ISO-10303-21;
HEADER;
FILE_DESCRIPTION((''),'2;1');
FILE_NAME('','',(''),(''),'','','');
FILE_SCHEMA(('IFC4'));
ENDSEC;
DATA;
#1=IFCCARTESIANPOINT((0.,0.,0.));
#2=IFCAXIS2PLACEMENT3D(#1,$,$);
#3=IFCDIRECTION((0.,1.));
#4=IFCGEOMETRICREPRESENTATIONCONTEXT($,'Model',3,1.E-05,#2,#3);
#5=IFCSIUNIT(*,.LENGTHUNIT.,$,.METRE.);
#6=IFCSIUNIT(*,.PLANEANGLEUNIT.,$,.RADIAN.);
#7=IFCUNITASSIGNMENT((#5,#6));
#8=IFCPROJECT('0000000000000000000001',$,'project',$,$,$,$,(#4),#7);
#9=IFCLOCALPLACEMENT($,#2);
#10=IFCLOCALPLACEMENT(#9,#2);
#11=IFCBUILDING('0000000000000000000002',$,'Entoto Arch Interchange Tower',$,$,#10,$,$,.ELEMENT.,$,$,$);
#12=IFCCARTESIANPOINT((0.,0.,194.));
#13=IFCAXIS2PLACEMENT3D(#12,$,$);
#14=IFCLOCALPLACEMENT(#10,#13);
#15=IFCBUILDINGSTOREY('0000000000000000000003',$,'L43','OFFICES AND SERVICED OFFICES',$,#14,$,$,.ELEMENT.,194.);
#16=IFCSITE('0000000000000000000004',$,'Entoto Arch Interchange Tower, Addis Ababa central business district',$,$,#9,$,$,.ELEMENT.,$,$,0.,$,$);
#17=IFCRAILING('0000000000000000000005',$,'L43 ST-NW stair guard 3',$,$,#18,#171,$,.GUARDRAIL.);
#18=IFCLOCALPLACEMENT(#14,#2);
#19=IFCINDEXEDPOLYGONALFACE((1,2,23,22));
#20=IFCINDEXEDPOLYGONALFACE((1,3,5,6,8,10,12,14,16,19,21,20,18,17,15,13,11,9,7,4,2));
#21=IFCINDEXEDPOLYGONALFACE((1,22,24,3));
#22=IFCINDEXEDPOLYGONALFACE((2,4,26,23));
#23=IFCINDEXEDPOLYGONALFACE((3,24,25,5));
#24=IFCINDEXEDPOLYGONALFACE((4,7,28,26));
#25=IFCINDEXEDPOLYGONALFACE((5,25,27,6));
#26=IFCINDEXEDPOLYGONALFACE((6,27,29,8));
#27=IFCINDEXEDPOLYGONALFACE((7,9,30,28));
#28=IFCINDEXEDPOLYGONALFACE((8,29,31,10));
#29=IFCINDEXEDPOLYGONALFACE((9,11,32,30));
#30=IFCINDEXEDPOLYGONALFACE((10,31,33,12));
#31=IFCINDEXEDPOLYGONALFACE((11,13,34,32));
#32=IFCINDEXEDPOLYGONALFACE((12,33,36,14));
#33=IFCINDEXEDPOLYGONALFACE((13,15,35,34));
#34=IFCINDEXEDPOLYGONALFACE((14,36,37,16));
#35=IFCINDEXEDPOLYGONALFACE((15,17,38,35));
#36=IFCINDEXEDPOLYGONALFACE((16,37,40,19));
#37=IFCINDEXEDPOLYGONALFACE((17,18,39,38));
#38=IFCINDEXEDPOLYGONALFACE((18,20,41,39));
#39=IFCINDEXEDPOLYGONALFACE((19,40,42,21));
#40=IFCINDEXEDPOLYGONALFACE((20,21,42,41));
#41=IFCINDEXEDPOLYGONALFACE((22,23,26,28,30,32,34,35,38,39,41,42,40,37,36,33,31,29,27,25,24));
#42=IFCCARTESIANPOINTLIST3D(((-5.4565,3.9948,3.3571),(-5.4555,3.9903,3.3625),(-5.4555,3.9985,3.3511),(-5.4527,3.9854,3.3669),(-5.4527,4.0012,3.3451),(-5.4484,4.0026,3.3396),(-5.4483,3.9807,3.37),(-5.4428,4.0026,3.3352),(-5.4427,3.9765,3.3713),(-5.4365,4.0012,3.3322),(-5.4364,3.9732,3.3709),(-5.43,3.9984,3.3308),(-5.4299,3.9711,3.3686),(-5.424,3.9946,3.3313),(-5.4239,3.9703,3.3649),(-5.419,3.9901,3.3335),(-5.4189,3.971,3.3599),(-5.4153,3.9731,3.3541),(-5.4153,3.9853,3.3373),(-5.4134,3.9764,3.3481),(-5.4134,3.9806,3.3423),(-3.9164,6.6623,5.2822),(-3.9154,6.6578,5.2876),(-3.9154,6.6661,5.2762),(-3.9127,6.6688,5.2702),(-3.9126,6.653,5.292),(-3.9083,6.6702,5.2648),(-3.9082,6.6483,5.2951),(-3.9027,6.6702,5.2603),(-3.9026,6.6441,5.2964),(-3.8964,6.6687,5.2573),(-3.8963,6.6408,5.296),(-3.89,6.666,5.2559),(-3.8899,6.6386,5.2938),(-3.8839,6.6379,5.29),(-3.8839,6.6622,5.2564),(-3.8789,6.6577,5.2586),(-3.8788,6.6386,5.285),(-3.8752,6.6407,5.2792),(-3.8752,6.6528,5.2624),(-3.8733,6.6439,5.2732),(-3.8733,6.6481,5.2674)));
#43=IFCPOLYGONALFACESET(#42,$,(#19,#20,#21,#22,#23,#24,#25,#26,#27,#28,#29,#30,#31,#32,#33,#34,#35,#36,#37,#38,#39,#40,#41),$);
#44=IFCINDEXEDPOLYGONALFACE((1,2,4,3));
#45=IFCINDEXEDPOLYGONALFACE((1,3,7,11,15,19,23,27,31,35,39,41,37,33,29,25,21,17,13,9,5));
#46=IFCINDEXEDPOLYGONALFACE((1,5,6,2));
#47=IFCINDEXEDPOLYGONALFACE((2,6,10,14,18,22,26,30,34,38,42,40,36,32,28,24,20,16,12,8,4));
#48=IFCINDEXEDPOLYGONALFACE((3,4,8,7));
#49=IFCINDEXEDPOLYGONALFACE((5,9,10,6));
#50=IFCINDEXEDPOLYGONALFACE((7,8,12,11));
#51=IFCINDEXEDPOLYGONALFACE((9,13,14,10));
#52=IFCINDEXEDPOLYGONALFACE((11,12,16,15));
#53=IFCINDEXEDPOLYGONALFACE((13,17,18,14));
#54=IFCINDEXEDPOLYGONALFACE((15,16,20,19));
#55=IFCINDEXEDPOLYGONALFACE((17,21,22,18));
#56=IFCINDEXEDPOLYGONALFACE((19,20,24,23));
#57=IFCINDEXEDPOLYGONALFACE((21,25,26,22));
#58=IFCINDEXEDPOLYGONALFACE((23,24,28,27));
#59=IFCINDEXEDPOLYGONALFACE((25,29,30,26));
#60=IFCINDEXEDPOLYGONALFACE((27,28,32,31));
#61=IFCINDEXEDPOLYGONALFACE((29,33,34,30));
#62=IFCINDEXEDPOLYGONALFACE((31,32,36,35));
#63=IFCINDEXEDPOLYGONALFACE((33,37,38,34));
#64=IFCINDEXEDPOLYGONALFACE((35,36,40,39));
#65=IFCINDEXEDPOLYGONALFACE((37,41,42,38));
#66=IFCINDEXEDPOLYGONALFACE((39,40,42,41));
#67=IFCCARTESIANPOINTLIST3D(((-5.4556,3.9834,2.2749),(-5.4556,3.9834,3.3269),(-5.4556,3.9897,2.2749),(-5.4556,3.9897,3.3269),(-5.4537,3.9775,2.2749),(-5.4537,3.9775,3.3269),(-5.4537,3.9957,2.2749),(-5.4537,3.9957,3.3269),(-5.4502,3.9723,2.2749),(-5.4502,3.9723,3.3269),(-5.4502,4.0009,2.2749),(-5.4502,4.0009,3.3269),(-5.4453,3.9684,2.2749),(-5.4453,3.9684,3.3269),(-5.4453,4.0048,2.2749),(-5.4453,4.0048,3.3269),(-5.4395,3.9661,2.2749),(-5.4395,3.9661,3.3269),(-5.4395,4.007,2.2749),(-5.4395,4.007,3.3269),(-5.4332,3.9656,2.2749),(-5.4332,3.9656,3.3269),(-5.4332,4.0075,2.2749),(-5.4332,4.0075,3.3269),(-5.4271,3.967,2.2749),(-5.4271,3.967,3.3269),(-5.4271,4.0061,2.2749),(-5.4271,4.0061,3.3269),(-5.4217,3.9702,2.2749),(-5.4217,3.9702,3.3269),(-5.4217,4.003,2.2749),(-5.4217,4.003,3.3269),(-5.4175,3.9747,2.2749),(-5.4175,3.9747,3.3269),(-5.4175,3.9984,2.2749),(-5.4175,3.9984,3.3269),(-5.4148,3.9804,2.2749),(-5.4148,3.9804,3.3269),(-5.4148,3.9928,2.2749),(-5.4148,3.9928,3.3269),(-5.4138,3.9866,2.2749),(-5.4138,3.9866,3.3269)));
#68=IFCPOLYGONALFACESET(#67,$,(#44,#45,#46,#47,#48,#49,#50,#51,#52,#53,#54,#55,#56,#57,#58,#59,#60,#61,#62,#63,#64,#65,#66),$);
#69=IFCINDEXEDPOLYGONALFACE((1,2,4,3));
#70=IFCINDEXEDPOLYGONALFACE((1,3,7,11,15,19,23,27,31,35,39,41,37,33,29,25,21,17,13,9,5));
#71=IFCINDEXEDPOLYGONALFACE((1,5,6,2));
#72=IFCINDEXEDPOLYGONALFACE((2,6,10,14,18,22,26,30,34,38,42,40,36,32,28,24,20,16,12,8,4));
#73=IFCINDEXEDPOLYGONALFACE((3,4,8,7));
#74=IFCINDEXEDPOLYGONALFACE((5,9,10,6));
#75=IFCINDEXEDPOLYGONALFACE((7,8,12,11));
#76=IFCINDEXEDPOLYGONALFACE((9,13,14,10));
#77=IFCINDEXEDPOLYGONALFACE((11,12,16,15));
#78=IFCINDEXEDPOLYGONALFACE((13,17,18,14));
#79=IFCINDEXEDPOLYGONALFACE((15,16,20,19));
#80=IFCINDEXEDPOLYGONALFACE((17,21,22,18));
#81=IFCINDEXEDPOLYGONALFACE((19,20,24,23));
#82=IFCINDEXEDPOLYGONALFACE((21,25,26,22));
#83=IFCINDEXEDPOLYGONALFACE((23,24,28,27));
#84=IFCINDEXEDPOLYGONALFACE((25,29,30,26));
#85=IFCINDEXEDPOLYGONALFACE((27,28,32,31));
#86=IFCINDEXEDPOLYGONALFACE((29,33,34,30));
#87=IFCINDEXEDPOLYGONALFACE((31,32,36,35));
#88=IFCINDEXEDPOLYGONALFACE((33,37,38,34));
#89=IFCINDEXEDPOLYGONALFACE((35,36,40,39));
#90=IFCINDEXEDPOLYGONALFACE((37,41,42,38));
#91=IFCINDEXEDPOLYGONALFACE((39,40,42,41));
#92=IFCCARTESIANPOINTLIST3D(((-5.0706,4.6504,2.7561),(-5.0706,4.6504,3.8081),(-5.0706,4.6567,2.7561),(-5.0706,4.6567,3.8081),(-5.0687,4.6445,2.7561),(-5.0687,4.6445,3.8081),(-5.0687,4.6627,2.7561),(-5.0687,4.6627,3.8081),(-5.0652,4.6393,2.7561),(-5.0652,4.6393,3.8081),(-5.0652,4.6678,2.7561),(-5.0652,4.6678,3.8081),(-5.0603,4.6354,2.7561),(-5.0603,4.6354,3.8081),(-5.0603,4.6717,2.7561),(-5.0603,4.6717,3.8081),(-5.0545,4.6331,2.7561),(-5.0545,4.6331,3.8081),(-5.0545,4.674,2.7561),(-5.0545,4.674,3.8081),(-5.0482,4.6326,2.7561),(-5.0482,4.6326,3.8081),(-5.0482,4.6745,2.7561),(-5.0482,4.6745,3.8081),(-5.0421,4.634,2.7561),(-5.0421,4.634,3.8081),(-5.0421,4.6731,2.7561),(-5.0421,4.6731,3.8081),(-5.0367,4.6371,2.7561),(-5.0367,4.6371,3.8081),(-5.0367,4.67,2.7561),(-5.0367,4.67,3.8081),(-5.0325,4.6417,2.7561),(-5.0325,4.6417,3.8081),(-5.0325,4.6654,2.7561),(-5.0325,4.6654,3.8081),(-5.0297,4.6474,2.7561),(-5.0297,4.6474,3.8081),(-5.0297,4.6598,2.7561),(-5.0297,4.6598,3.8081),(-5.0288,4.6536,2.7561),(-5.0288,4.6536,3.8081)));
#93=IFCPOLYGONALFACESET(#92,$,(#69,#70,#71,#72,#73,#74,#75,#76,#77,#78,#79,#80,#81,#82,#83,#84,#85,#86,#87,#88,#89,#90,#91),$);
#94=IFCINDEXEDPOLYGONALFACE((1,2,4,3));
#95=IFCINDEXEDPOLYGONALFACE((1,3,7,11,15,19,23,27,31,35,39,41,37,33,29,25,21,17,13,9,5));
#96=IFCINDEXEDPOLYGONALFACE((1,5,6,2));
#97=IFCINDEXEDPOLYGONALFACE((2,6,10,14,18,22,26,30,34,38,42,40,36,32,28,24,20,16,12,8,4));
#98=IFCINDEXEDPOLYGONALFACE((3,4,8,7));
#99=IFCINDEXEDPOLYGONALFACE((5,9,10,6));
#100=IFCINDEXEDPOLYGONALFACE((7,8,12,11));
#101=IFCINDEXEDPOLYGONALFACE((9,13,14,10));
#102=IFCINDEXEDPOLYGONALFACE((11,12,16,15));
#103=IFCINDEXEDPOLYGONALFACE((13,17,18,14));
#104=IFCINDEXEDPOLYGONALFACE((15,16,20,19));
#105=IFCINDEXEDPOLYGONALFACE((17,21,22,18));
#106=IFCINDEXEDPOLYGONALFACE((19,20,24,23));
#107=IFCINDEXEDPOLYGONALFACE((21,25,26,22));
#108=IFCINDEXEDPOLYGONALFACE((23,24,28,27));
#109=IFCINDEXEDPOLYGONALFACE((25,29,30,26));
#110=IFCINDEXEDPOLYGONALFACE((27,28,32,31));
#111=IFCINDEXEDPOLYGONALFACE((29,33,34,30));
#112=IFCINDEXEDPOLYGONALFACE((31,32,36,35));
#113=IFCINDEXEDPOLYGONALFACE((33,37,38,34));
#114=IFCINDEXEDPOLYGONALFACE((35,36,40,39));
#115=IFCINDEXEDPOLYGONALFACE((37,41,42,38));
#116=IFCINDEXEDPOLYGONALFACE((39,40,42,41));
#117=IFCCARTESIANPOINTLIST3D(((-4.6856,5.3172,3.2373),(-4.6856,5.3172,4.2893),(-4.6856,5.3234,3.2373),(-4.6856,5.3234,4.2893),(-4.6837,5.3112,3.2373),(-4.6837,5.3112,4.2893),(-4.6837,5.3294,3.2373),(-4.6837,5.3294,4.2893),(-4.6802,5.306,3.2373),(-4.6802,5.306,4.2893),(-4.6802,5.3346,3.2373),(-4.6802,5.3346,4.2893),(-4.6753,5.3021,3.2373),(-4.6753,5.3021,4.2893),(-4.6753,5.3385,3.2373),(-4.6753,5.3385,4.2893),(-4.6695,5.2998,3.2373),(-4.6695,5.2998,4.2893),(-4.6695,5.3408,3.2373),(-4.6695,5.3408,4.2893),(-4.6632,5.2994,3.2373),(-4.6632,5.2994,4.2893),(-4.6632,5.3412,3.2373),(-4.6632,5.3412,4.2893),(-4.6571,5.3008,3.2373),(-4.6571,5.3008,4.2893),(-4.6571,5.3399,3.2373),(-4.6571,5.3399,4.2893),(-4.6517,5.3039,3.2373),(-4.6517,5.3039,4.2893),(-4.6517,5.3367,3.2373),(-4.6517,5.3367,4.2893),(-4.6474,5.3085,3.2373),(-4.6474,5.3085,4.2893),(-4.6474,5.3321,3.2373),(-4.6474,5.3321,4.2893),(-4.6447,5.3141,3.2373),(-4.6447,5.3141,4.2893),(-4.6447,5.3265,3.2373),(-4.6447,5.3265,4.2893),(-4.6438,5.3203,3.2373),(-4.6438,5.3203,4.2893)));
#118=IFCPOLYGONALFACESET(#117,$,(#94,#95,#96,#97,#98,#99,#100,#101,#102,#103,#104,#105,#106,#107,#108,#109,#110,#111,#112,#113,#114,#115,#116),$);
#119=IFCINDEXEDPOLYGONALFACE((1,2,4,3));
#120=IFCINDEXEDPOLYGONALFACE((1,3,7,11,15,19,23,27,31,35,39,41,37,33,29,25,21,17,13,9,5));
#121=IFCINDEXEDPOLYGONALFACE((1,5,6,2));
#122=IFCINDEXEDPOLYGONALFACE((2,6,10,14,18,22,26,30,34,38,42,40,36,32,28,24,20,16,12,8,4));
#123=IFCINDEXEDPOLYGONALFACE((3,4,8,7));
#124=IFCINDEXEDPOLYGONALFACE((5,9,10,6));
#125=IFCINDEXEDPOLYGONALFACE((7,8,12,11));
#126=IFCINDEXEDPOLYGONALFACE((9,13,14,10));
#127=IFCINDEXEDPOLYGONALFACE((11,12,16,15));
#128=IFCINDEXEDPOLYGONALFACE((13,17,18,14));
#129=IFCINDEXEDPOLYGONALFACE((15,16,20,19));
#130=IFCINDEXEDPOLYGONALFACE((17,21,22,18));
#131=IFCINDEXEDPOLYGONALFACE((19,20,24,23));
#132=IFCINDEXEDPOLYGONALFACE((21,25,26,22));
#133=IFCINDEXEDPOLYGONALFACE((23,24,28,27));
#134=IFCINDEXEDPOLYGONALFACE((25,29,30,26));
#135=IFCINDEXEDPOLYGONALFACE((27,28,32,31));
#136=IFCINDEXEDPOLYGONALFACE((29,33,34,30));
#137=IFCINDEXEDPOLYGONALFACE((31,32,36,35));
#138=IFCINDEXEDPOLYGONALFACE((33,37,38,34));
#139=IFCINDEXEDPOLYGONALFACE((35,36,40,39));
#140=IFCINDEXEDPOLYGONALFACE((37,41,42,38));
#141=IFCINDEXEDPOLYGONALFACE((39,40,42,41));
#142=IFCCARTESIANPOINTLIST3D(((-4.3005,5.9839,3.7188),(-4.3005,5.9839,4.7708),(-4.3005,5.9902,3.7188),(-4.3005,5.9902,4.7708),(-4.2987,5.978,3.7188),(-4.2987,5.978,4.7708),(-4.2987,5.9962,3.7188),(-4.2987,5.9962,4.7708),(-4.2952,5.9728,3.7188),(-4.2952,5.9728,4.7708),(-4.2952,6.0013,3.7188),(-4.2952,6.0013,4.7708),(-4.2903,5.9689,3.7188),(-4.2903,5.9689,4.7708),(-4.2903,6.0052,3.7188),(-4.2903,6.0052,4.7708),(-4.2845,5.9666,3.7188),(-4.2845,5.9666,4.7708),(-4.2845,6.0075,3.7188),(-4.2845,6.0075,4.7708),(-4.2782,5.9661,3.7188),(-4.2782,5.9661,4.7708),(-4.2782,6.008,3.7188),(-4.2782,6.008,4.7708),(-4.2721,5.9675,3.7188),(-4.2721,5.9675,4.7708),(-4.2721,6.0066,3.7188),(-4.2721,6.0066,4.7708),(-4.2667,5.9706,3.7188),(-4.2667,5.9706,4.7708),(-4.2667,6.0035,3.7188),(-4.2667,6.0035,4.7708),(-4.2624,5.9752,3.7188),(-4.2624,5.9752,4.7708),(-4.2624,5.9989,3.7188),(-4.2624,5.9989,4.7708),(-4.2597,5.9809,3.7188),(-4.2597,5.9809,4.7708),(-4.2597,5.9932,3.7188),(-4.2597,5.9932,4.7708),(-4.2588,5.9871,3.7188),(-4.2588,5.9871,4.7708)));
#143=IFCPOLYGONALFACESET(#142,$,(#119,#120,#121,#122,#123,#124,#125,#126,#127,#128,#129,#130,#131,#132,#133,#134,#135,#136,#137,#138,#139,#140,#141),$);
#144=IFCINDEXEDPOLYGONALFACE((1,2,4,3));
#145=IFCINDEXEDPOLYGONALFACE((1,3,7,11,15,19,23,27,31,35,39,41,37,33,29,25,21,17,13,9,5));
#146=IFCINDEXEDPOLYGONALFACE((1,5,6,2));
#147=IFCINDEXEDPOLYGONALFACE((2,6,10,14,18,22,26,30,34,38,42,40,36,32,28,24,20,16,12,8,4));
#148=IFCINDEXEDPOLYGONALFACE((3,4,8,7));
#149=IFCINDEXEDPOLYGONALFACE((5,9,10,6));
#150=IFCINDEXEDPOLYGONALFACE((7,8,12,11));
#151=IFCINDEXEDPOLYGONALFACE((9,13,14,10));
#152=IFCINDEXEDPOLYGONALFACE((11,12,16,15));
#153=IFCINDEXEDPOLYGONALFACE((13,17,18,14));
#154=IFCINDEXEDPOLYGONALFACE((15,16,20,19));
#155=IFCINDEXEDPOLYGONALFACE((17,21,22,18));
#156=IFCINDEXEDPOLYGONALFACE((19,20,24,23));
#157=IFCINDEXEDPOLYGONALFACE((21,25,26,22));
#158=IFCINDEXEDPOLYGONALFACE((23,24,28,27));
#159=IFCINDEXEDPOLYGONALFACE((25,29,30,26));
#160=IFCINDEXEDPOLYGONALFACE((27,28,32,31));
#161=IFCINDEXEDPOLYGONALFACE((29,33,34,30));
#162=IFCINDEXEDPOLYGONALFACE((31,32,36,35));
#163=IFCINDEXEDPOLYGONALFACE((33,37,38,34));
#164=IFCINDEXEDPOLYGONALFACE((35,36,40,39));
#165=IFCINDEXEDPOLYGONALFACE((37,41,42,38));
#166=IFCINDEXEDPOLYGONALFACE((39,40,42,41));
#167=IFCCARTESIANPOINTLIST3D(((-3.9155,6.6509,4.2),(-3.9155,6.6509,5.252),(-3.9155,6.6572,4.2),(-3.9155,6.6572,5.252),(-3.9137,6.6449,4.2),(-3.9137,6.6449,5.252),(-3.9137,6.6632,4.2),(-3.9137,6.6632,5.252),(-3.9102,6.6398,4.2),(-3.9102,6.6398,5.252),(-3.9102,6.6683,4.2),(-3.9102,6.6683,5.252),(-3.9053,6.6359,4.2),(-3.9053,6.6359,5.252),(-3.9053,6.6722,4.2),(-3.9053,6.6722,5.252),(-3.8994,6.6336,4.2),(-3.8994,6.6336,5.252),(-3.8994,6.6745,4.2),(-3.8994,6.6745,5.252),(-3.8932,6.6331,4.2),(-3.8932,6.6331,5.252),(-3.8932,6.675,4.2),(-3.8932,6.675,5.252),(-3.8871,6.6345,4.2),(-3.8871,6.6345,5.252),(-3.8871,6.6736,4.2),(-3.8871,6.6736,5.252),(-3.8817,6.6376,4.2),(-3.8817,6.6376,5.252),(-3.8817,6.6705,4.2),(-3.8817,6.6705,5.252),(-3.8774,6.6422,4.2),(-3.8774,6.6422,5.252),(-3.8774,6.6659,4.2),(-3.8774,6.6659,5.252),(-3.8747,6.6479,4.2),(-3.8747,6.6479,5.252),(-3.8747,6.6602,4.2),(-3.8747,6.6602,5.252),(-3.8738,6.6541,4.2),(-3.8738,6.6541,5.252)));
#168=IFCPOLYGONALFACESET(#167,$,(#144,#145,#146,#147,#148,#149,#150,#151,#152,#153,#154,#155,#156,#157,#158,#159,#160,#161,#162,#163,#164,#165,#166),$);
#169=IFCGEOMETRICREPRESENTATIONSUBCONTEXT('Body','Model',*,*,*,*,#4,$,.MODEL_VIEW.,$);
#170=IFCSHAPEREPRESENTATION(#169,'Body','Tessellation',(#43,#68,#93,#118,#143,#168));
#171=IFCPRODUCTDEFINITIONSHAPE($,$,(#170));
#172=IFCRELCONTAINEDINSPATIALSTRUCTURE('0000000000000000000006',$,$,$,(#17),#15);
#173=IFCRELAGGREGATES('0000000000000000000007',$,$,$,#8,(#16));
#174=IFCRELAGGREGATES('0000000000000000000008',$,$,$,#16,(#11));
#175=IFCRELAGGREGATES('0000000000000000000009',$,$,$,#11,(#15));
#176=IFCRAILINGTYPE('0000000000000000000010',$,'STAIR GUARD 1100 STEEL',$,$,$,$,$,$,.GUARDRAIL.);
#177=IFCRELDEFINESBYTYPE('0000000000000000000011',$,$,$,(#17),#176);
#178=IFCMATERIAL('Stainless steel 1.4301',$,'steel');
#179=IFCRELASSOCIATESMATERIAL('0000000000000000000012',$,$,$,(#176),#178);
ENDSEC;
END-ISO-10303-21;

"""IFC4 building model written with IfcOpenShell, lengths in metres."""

from ifc_helpers import new_model, si_unit, direction, frame, origin, origin_2d, place, context, subcontext, project, spatial, circle, extrude, material, type_object, element, save


model = new_model("IFC4")

# Units and contexts
model_context = context("Model", 3, precision=1e-05, world=origin(), true_north=direction((0.0, 1.0)))
body_context = subcontext(model_context, "Body", "Model", "MODEL_VIEW")
ifc_project = project(units=[si_unit("LENGTHUNIT", "METRE"), si_unit("PLANEANGLEUNIT", "RADIAN")], contexts=[model_context])

# Site, building, storey
site_placement = place(None, origin())
site = spatial("IfcSite", under=ifc_project, at=site_placement, Name="Entoto Arch Interchange Tower, Addis Ababa central business district", CompositionType="ELEMENT", RefElevation=0.0)
building_placement = place(site_placement, origin())
building = spatial("IfcBuilding", under=site, at=building_placement, Name="Entoto Arch Interchange Tower", CompositionType="ELEMENT")
storey_placement = place(building_placement, frame((0.0, 0.0, 194.0)))
storey = spatial("IfcBuildingStorey", under=building, at=storey_placement, Name="L43", Description="OFFICES AND SERVICED OFFICES", CompositionType="ELEMENT", Elevation=194.0)

# Railing
ifc_material_1 = material(Name="Stainless steel 1.4301", Category="steel")
railing_type_1 = type_object("IfcRailingType", Name="STAIR GUARD 1100 STEEL", PredefinedType="GUARDRAIL", material=ifc_material_1)
railing_1_placement = place(storey_placement, frame((-5.4348, 3.9866, 2.2749)))
element("IfcRailing", 1, at=railing_1_placement, inside=storey, type_object=railing_type_1, Name="L43 ST-NW stair guard 3", PredefinedType="GUARDRAIL", context=body_context, shape_type="SweptSolid", body=[
    extrude(circle(Radius=0.0239, at=origin_2d()), frame((0.0, 0.0, 1.0762), z_axis=(0.423994, 0.734395, 0.529993), x_axis=(-0.86603, 0.499992, 0.0)), (0.0, 0.0, 1.0), 3.6323),
    extrude(circle(Radius=0.021, at=origin_2d()), origin(), (0.0, 0.0, 1.0), 1.052),
    extrude(circle(Radius=0.021, at=origin_2d()), frame((0.385, 0.667, 0.4812)), (0.0, 0.0, 1.0), 1.052),
    extrude(circle(Radius=0.021, at=origin_2d()), frame((0.77, 1.3337, 0.9624)), (0.0, 0.0, 1.0), 1.052),
    extrude(circle(Radius=0.021, at=origin_2d()), frame((1.155, 2.0005, 1.4438)), (0.0, 0.0, 1.0), 1.052),
    extrude(circle(Radius=0.021, at=origin_2d()), frame((1.54, 2.6675, 1.925)), (0.0, 0.0, 1.0), 1.052),
])

save(model, "model.ifc")
